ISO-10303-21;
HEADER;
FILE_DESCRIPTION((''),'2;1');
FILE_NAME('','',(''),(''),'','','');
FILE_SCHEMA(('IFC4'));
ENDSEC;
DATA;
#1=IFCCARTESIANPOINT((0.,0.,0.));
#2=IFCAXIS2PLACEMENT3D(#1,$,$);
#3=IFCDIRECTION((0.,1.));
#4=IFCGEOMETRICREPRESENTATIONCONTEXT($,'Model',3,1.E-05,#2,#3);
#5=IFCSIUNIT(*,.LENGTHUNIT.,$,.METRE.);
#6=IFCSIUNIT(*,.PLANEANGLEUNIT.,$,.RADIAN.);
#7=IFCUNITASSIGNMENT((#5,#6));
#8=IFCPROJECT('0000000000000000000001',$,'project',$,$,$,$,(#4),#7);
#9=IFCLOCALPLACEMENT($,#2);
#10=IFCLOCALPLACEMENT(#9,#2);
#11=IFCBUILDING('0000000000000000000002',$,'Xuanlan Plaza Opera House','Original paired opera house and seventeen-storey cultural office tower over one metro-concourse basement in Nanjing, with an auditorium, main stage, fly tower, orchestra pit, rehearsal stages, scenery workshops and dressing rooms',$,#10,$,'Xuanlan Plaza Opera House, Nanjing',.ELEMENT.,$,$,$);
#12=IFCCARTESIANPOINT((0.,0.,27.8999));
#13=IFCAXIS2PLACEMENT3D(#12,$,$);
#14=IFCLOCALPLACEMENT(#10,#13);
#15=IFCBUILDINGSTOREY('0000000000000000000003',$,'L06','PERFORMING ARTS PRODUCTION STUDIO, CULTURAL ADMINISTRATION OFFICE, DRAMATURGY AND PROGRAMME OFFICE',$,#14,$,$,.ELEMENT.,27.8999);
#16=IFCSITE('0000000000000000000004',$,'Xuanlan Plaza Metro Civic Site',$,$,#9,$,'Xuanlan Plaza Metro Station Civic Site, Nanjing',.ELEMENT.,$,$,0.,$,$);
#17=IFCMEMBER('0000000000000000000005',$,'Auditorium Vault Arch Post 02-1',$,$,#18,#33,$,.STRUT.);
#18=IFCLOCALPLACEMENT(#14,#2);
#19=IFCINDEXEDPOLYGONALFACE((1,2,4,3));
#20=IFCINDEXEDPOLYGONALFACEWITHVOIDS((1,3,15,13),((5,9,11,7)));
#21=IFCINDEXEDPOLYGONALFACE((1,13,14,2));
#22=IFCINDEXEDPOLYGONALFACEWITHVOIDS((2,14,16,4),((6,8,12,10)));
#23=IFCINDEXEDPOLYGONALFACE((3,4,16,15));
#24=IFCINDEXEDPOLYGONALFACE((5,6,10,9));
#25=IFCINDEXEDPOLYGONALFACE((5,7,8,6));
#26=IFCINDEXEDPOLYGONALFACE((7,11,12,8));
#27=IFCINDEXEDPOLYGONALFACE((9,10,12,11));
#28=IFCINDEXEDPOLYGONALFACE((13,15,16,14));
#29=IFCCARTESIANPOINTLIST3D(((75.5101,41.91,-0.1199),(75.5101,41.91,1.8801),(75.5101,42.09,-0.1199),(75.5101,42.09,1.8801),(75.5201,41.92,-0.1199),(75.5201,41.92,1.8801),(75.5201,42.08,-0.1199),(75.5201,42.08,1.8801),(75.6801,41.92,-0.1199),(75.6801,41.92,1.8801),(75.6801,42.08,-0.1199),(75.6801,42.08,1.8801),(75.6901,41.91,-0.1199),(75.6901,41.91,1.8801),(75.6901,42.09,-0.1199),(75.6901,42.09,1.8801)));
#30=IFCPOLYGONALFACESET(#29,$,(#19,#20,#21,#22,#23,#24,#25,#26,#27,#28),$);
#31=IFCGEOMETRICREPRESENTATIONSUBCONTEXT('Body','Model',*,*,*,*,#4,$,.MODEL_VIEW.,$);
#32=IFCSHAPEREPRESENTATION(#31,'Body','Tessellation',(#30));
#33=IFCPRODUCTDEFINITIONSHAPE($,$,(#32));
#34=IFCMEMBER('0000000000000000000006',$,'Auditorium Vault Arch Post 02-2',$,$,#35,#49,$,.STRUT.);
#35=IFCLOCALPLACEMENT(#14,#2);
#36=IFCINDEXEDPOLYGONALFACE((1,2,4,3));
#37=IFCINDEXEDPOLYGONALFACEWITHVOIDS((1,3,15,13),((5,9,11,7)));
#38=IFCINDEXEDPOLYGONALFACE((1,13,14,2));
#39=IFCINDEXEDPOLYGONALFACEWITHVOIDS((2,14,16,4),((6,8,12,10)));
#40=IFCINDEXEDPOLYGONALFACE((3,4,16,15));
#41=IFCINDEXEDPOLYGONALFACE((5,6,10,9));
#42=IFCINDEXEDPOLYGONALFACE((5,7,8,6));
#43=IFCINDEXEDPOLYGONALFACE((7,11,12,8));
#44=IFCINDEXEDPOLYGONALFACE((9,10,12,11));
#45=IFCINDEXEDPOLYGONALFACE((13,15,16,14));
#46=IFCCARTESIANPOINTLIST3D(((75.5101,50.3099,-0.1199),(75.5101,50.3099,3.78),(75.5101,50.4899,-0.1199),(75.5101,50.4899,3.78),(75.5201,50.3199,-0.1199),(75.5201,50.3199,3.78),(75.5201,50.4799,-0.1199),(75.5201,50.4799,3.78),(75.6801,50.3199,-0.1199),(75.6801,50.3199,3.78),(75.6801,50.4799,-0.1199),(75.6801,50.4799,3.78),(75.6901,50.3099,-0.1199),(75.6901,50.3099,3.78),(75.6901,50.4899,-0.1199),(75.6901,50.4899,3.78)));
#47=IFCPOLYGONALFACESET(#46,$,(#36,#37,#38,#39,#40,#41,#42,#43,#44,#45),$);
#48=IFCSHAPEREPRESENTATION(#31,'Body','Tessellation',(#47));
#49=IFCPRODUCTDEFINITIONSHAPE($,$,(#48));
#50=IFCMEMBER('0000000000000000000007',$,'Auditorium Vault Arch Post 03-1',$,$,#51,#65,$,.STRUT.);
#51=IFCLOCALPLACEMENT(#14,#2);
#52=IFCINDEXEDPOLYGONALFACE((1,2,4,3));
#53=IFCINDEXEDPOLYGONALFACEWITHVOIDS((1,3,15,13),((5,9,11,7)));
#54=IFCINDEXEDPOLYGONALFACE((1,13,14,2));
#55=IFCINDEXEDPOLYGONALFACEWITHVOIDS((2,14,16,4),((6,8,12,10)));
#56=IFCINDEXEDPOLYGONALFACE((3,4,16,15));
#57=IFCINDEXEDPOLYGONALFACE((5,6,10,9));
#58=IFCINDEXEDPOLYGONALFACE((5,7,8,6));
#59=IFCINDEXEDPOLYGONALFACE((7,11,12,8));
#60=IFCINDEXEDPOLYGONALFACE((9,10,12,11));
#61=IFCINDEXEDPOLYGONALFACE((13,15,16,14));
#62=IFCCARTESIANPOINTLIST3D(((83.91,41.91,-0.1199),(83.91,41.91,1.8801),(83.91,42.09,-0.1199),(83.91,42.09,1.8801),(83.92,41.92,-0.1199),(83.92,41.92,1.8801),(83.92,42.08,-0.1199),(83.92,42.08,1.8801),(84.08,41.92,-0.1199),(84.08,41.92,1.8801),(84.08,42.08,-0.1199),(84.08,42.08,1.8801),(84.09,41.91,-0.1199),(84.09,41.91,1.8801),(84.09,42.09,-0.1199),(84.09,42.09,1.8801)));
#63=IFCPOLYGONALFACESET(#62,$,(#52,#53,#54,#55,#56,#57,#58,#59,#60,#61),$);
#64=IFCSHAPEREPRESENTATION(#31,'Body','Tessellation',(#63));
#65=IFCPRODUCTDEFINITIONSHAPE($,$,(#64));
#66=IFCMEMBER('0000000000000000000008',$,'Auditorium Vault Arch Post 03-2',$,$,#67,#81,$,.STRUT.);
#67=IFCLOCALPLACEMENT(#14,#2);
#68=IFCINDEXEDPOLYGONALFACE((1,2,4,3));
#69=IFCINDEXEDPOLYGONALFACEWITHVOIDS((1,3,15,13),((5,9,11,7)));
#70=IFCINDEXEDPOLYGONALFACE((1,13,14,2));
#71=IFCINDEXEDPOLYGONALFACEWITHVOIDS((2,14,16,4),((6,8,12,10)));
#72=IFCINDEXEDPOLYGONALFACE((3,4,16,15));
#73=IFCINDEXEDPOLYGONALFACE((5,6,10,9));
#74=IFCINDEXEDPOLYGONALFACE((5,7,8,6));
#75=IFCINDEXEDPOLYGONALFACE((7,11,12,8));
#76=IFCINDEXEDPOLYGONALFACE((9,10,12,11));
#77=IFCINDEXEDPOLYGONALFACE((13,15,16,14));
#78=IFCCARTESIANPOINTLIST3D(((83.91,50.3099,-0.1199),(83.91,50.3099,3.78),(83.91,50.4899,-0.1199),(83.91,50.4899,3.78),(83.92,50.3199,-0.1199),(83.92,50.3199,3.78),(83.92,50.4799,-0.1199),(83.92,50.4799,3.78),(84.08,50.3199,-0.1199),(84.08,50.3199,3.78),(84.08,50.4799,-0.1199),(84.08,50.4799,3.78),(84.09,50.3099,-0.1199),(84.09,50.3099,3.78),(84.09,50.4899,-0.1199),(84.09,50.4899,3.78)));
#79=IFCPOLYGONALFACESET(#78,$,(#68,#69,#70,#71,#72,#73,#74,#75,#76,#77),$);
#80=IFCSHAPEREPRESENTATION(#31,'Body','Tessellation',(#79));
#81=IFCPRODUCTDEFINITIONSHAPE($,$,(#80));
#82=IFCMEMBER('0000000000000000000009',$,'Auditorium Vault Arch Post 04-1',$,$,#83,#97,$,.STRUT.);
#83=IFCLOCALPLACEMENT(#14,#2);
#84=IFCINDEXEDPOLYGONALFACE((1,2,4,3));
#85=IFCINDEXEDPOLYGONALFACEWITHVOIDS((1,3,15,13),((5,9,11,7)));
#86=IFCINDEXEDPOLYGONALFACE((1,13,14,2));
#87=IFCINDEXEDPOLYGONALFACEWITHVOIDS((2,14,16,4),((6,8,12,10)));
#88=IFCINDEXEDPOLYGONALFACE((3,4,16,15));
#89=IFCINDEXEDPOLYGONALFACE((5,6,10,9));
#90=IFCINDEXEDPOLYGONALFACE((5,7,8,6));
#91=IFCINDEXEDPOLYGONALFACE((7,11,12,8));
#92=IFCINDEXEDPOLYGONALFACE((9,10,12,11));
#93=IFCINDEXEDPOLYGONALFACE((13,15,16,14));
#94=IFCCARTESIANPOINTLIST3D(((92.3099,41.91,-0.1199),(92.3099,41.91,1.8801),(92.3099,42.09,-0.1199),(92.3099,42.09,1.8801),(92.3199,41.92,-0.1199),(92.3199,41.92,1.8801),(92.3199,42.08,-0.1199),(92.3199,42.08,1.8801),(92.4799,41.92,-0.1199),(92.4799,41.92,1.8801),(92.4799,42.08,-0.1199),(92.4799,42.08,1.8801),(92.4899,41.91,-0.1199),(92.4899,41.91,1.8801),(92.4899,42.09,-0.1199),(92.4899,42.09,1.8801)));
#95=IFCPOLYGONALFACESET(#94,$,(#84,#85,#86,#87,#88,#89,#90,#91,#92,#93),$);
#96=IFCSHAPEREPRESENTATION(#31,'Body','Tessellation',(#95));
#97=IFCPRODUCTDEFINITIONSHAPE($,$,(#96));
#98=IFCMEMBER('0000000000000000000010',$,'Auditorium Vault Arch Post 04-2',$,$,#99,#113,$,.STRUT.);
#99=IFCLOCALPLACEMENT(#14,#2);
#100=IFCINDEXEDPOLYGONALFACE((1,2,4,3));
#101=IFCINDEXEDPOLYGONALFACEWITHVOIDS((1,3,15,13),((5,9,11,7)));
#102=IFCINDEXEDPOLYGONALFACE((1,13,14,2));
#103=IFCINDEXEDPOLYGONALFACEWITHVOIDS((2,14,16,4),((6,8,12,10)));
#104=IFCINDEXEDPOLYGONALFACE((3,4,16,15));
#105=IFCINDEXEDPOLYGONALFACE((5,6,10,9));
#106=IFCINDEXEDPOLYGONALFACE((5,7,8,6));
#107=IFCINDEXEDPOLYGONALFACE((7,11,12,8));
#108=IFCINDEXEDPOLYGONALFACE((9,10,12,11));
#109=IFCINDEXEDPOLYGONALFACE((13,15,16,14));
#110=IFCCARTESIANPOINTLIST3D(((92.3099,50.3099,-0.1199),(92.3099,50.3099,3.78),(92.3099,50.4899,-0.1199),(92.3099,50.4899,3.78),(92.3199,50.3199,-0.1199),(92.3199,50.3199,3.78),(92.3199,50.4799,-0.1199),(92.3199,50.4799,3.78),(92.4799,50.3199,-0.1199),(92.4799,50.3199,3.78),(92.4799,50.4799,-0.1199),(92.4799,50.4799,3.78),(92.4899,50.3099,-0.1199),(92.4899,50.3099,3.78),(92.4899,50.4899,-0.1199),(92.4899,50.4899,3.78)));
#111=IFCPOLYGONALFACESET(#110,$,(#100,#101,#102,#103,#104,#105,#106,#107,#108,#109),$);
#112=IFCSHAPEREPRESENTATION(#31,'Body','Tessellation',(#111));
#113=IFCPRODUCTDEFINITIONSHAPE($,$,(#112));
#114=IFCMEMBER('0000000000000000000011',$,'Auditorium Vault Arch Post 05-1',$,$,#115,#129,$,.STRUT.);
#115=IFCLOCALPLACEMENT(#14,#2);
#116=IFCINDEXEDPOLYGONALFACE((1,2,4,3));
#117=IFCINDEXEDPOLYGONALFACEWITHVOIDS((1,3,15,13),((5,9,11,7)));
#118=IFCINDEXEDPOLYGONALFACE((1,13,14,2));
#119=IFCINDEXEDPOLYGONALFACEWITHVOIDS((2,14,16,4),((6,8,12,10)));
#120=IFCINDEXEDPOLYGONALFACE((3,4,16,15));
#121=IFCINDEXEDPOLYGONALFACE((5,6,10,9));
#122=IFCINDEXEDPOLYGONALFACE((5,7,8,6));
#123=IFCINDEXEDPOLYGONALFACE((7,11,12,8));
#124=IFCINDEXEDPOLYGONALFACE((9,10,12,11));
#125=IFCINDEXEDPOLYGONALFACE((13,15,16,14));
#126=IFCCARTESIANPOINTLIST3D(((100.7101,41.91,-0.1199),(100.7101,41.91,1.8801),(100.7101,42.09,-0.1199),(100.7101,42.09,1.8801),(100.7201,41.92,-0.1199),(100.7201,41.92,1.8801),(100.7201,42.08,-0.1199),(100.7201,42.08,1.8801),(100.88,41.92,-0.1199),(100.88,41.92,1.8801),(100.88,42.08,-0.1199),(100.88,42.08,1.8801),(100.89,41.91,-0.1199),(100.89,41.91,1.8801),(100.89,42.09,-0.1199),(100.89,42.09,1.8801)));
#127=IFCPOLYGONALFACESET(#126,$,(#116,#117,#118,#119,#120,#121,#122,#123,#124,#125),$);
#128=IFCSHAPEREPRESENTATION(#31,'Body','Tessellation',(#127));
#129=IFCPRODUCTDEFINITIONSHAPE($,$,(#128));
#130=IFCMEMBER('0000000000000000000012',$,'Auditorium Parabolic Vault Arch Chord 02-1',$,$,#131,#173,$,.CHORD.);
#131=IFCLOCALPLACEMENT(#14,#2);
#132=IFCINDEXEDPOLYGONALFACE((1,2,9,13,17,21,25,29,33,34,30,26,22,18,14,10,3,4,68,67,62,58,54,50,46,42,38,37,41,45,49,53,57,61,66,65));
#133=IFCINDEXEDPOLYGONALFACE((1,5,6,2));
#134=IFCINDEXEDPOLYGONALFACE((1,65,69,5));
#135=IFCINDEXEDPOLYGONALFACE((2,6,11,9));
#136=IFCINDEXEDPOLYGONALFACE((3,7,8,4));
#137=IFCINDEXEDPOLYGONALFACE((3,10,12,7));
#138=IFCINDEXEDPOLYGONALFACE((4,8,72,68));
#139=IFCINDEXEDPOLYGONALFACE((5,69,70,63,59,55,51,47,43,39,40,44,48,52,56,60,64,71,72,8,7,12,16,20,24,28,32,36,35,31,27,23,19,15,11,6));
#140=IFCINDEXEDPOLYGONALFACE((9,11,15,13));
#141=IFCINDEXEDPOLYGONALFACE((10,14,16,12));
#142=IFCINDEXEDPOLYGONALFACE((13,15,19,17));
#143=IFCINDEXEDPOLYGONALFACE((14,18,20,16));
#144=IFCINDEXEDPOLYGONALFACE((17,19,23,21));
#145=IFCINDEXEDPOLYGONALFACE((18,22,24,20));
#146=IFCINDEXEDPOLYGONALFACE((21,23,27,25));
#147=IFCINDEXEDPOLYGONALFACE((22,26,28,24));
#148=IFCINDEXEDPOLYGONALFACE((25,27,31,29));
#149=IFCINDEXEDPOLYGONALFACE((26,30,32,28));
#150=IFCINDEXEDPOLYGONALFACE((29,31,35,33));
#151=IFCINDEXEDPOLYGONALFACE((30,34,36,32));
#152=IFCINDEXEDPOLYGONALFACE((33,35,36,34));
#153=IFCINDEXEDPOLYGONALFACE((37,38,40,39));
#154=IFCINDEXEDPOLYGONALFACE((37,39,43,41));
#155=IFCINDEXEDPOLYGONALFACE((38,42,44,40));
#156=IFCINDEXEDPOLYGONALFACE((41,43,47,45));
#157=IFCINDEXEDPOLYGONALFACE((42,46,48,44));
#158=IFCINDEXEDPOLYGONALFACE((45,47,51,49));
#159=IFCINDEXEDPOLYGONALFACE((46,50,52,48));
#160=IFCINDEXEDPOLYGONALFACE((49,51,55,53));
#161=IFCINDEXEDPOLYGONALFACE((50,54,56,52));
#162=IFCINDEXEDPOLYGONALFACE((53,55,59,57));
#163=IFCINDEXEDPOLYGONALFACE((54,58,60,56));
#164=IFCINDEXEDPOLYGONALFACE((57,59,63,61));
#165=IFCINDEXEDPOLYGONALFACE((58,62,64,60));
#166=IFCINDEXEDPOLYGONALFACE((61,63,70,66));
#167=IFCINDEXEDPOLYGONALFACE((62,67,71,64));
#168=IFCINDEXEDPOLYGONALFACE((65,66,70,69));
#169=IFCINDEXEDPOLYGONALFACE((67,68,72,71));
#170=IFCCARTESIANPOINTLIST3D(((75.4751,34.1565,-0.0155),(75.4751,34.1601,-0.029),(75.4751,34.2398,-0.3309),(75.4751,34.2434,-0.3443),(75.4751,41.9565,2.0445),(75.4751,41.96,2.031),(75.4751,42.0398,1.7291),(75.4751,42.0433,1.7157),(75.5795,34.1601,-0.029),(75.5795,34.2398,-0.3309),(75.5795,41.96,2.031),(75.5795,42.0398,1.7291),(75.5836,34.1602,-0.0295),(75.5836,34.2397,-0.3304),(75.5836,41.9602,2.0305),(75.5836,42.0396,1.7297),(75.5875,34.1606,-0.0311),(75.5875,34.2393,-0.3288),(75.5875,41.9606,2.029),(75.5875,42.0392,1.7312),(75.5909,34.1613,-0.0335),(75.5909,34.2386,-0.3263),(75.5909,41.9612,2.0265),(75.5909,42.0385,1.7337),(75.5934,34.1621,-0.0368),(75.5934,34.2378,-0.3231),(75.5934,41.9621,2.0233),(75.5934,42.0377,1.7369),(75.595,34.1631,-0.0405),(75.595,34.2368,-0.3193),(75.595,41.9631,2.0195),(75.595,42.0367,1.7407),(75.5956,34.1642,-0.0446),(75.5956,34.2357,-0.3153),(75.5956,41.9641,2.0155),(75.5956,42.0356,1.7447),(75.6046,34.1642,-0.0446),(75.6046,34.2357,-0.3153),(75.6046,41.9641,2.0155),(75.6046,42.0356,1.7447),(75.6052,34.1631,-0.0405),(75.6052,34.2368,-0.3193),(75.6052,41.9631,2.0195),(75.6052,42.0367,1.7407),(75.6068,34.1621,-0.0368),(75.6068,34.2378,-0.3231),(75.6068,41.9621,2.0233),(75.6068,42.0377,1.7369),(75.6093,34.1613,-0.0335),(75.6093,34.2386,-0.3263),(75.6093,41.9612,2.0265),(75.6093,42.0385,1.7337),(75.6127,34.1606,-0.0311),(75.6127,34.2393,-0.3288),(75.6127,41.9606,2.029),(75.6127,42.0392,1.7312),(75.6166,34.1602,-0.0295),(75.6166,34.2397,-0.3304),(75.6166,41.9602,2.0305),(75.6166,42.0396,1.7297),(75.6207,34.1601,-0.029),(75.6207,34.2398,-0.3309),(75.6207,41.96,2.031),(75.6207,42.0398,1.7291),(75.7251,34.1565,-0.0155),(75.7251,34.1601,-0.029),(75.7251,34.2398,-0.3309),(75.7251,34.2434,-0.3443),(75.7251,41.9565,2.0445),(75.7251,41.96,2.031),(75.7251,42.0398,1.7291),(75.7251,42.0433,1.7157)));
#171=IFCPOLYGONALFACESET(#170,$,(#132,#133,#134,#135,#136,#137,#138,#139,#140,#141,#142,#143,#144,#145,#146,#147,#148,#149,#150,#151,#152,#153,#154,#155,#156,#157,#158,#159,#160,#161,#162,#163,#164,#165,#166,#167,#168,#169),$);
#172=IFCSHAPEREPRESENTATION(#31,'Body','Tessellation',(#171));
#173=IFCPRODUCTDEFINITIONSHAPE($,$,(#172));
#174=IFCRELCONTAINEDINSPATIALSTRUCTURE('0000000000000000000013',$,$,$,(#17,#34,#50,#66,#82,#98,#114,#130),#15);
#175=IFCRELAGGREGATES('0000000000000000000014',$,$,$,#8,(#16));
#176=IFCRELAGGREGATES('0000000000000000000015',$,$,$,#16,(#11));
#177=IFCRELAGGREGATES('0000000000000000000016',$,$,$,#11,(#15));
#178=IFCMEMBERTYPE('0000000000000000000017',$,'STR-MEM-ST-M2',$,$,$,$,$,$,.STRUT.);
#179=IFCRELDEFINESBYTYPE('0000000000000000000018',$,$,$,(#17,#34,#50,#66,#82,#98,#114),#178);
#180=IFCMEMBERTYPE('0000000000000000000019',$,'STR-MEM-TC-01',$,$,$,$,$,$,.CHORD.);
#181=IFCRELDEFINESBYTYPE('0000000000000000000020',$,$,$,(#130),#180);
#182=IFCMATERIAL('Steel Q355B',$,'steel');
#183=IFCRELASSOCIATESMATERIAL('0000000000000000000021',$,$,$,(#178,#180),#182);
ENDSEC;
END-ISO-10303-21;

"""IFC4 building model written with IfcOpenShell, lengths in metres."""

from ifc_helpers import new_model, si_unit, direction, frame, origin, origin_2d, place, context, subcontext, project, spatial, hollow_rectangle, i_section, extrude, material, material_profile, profile_set, type_object, element, save


model = new_model("IFC4")

# Units and contexts
model_context = context("Model", 3, precision=1e-05, world=origin(), true_north=direction((0.0, 1.0)))
body_context = subcontext(model_context, "Body", "Model", "MODEL_VIEW")
ifc_project = project(units=[si_unit("LENGTHUNIT", "METRE"), si_unit("PLANEANGLEUNIT", "RADIAN")], contexts=[model_context])

# Site, building, storey
site_placement = place(None, origin())
site = spatial("IfcSite", under=ifc_project, at=site_placement, Name="Xuanlan Plaza Metro Civic Site", LongName="Xuanlan Plaza Metro Station Civic Site, Nanjing", CompositionType="ELEMENT", RefElevation=0.0)
building_placement = place(site_placement, origin())
building = spatial("IfcBuilding", under=site, at=building_placement, Name="Xuanlan Plaza Opera House", Description="Original paired opera house and seventeen-storey cultural office tower over one metro-concourse basement in Nanjing, with an auditorium, main stage, fly tower, orchestra pit, rehearsal stages, scenery workshops and dressing rooms", LongName="Xuanlan Plaza Opera House, Nanjing", CompositionType="ELEMENT")
storey_placement = place(building_placement, frame((0.0, 0.0, 27.8999)))
storey = spatial("IfcBuildingStorey", under=building, at=storey_placement, Name="L06", Description="PERFORMING ARTS PRODUCTION STUDIO, CULTURAL ADMINISTRATION OFFICE, DRAMATURGY AND PROGRAMME OFFICE", CompositionType="ELEMENT", Elevation=27.8999)

# Members
ifc_material_1 = material(Name="Steel Q355B", Category="steel")
ifc_material_profile_1 = material_profile(ifc_material_1, hollow_rectangle(XDim=0.1799, YDim=0.1799, WallThickness=0.01, at=origin_2d()), Name="SHS 180x180x10")
ifc_profile_set_1 = profile_set([ifc_material_profile_1], Name="Steel Q355B")
member_type_1 = type_object("IfcMemberType", Name="STR-MEM-ST-M2", PredefinedType="STRUT", material=ifc_profile_set_1)
member_1_placement = place(storey_placement, frame((75.6001, 42.0, -0.1199), z_axis=(0.0, 0.0, 1.0), x_axis=(1.0, 0.0, 0.0)))
element("IfcMember", 1, at=member_1_placement, inside=storey, type_object=member_type_1, Name="Auditorium Vault Arch Post 02-1", PredefinedType="STRUT", context=body_context, shape_type="SweptSolid", body=[
    extrude(hollow_rectangle(XDim=0.1799, YDim=0.1799, WallThickness=0.01, at=origin_2d()), origin(), (0.0, 0.0, 1.0), 2.0),
])
member_2_placement = place(storey_placement, frame((75.6001, 50.3999, -0.1199), z_axis=(0.0, 0.0, 1.0), x_axis=(1.0, 0.0, 0.0)))
element("IfcMember", 2, at=member_2_placement, inside=storey, type_object=member_type_1, Name="Auditorium Vault Arch Post 02-2", PredefinedType="STRUT", context=body_context, shape_type="SweptSolid", body=[
    extrude(hollow_rectangle(XDim=0.1799, YDim=0.1799, WallThickness=0.01, at=origin_2d()), origin(), (0.0, 0.0, 1.0), 3.8999),
])
member_3_placement = place(storey_placement, frame((84.0, 42.0, -0.1199), z_axis=(0.0, 0.0, 1.0), x_axis=(1.0, 0.0, 0.0)))
element("IfcMember", 3, at=member_3_placement, inside=storey, type_object=member_type_1, Name="Auditorium Vault Arch Post 03-1", PredefinedType="STRUT", context=body_context, shape_type="SweptSolid", body=[
    extrude(hollow_rectangle(XDim=0.1799, YDim=0.1799, WallThickness=0.01, at=origin_2d()), origin(), (0.0, 0.0, 1.0), 2.0),
])
member_4_placement = place(storey_placement, frame((84.0, 50.3999, -0.1199), z_axis=(0.0, 0.0, 1.0), x_axis=(1.0, 0.0, 0.0)))
element("IfcMember", 4, at=member_4_placement, inside=storey, type_object=member_type_1, Name="Auditorium Vault Arch Post 03-2", PredefinedType="STRUT", context=body_context, shape_type="SweptSolid", body=[
    extrude(hollow_rectangle(XDim=0.1799, YDim=0.1799, WallThickness=0.01, at=origin_2d()), origin(), (0.0, 0.0, 1.0), 3.8999),
])
member_5_placement = place(storey_placement, frame((92.3999, 42.0, -0.1199), z_axis=(0.0, 0.0, 1.0), x_axis=(1.0, 0.0, 0.0)))
element("IfcMember", 5, at=member_5_placement, inside=storey, type_object=member_type_1, Name="Auditorium Vault Arch Post 04-1", PredefinedType="STRUT", context=body_context, shape_type="SweptSolid", body=[
    extrude(hollow_rectangle(XDim=0.1799, YDim=0.1799, WallThickness=0.01, at=origin_2d()), origin(), (0.0, 0.0, 1.0), 2.0),
])
member_6_placement = place(storey_placement, frame((92.3999, 50.3999, -0.1199), z_axis=(0.0, 0.0, 1.0), x_axis=(1.0, 0.0, 0.0)))
element("IfcMember", 6, at=member_6_placement, inside=storey, type_object=member_type_1, Name="Auditorium Vault Arch Post 04-2", PredefinedType="STRUT", context=body_context, shape_type="SweptSolid", body=[
    extrude(hollow_rectangle(XDim=0.1799, YDim=0.1799, WallThickness=0.01, at=origin_2d()), origin(), (0.0, 0.0, 1.0), 3.8999),
])
member_7_placement = place(storey_placement, frame((100.8, 42.0, -0.1199), z_axis=(0.0, 0.0, 1.0), x_axis=(1.0, 0.0, 0.0)))
element("IfcMember", 7, at=member_7_placement, inside=storey, type_object=member_type_1, Name="Auditorium Vault Arch Post 05-1", PredefinedType="STRUT", context=body_context, shape_type="SweptSolid", body=[
    extrude(hollow_rectangle(XDim=0.1799, YDim=0.1799, WallThickness=0.01, at=origin_2d()), origin(), (0.0, 0.0, 1.0), 2.0),
])
ifc_material_profile_2 = material_profile(ifc_material_1, i_section(OverallWidth=0.25, OverallDepth=0.3401, WebThickness=0.009, FlangeThickness=0.0139, FilletRadius=0.0161, at=origin_2d()), Name="HM 340x250x9x14")
ifc_profile_set_2 = profile_set([ifc_material_profile_2], Name="Steel Q355B")
member_type_2 = type_object("IfcMemberType", Name="STR-MEM-TC-01", PredefinedType="CHORD", material=ifc_profile_set_2)
member_8_placement = place(storey_placement, frame((75.6001, 34.2, -0.1799), z_axis=(0.0, 0.966848, 0.255353), x_axis=(-1.0, 0.0, 0.0)))
element("IfcMember", 8, at=member_8_placement, inside=storey, type_object=member_type_2, Name="Auditorium Parabolic Vault Arch Chord 02-1", PredefinedType="CHORD", context=body_context, shape_type="SweptSolid", body=[
    extrude(i_section(OverallWidth=0.25, OverallDepth=0.3401, WebThickness=0.009, FlangeThickness=0.0139, FilletRadius=0.0161, at=origin_2d()), origin(), (0.0, 0.0, 1.0), 8.0674),
])

save(model, "model.ifc")
